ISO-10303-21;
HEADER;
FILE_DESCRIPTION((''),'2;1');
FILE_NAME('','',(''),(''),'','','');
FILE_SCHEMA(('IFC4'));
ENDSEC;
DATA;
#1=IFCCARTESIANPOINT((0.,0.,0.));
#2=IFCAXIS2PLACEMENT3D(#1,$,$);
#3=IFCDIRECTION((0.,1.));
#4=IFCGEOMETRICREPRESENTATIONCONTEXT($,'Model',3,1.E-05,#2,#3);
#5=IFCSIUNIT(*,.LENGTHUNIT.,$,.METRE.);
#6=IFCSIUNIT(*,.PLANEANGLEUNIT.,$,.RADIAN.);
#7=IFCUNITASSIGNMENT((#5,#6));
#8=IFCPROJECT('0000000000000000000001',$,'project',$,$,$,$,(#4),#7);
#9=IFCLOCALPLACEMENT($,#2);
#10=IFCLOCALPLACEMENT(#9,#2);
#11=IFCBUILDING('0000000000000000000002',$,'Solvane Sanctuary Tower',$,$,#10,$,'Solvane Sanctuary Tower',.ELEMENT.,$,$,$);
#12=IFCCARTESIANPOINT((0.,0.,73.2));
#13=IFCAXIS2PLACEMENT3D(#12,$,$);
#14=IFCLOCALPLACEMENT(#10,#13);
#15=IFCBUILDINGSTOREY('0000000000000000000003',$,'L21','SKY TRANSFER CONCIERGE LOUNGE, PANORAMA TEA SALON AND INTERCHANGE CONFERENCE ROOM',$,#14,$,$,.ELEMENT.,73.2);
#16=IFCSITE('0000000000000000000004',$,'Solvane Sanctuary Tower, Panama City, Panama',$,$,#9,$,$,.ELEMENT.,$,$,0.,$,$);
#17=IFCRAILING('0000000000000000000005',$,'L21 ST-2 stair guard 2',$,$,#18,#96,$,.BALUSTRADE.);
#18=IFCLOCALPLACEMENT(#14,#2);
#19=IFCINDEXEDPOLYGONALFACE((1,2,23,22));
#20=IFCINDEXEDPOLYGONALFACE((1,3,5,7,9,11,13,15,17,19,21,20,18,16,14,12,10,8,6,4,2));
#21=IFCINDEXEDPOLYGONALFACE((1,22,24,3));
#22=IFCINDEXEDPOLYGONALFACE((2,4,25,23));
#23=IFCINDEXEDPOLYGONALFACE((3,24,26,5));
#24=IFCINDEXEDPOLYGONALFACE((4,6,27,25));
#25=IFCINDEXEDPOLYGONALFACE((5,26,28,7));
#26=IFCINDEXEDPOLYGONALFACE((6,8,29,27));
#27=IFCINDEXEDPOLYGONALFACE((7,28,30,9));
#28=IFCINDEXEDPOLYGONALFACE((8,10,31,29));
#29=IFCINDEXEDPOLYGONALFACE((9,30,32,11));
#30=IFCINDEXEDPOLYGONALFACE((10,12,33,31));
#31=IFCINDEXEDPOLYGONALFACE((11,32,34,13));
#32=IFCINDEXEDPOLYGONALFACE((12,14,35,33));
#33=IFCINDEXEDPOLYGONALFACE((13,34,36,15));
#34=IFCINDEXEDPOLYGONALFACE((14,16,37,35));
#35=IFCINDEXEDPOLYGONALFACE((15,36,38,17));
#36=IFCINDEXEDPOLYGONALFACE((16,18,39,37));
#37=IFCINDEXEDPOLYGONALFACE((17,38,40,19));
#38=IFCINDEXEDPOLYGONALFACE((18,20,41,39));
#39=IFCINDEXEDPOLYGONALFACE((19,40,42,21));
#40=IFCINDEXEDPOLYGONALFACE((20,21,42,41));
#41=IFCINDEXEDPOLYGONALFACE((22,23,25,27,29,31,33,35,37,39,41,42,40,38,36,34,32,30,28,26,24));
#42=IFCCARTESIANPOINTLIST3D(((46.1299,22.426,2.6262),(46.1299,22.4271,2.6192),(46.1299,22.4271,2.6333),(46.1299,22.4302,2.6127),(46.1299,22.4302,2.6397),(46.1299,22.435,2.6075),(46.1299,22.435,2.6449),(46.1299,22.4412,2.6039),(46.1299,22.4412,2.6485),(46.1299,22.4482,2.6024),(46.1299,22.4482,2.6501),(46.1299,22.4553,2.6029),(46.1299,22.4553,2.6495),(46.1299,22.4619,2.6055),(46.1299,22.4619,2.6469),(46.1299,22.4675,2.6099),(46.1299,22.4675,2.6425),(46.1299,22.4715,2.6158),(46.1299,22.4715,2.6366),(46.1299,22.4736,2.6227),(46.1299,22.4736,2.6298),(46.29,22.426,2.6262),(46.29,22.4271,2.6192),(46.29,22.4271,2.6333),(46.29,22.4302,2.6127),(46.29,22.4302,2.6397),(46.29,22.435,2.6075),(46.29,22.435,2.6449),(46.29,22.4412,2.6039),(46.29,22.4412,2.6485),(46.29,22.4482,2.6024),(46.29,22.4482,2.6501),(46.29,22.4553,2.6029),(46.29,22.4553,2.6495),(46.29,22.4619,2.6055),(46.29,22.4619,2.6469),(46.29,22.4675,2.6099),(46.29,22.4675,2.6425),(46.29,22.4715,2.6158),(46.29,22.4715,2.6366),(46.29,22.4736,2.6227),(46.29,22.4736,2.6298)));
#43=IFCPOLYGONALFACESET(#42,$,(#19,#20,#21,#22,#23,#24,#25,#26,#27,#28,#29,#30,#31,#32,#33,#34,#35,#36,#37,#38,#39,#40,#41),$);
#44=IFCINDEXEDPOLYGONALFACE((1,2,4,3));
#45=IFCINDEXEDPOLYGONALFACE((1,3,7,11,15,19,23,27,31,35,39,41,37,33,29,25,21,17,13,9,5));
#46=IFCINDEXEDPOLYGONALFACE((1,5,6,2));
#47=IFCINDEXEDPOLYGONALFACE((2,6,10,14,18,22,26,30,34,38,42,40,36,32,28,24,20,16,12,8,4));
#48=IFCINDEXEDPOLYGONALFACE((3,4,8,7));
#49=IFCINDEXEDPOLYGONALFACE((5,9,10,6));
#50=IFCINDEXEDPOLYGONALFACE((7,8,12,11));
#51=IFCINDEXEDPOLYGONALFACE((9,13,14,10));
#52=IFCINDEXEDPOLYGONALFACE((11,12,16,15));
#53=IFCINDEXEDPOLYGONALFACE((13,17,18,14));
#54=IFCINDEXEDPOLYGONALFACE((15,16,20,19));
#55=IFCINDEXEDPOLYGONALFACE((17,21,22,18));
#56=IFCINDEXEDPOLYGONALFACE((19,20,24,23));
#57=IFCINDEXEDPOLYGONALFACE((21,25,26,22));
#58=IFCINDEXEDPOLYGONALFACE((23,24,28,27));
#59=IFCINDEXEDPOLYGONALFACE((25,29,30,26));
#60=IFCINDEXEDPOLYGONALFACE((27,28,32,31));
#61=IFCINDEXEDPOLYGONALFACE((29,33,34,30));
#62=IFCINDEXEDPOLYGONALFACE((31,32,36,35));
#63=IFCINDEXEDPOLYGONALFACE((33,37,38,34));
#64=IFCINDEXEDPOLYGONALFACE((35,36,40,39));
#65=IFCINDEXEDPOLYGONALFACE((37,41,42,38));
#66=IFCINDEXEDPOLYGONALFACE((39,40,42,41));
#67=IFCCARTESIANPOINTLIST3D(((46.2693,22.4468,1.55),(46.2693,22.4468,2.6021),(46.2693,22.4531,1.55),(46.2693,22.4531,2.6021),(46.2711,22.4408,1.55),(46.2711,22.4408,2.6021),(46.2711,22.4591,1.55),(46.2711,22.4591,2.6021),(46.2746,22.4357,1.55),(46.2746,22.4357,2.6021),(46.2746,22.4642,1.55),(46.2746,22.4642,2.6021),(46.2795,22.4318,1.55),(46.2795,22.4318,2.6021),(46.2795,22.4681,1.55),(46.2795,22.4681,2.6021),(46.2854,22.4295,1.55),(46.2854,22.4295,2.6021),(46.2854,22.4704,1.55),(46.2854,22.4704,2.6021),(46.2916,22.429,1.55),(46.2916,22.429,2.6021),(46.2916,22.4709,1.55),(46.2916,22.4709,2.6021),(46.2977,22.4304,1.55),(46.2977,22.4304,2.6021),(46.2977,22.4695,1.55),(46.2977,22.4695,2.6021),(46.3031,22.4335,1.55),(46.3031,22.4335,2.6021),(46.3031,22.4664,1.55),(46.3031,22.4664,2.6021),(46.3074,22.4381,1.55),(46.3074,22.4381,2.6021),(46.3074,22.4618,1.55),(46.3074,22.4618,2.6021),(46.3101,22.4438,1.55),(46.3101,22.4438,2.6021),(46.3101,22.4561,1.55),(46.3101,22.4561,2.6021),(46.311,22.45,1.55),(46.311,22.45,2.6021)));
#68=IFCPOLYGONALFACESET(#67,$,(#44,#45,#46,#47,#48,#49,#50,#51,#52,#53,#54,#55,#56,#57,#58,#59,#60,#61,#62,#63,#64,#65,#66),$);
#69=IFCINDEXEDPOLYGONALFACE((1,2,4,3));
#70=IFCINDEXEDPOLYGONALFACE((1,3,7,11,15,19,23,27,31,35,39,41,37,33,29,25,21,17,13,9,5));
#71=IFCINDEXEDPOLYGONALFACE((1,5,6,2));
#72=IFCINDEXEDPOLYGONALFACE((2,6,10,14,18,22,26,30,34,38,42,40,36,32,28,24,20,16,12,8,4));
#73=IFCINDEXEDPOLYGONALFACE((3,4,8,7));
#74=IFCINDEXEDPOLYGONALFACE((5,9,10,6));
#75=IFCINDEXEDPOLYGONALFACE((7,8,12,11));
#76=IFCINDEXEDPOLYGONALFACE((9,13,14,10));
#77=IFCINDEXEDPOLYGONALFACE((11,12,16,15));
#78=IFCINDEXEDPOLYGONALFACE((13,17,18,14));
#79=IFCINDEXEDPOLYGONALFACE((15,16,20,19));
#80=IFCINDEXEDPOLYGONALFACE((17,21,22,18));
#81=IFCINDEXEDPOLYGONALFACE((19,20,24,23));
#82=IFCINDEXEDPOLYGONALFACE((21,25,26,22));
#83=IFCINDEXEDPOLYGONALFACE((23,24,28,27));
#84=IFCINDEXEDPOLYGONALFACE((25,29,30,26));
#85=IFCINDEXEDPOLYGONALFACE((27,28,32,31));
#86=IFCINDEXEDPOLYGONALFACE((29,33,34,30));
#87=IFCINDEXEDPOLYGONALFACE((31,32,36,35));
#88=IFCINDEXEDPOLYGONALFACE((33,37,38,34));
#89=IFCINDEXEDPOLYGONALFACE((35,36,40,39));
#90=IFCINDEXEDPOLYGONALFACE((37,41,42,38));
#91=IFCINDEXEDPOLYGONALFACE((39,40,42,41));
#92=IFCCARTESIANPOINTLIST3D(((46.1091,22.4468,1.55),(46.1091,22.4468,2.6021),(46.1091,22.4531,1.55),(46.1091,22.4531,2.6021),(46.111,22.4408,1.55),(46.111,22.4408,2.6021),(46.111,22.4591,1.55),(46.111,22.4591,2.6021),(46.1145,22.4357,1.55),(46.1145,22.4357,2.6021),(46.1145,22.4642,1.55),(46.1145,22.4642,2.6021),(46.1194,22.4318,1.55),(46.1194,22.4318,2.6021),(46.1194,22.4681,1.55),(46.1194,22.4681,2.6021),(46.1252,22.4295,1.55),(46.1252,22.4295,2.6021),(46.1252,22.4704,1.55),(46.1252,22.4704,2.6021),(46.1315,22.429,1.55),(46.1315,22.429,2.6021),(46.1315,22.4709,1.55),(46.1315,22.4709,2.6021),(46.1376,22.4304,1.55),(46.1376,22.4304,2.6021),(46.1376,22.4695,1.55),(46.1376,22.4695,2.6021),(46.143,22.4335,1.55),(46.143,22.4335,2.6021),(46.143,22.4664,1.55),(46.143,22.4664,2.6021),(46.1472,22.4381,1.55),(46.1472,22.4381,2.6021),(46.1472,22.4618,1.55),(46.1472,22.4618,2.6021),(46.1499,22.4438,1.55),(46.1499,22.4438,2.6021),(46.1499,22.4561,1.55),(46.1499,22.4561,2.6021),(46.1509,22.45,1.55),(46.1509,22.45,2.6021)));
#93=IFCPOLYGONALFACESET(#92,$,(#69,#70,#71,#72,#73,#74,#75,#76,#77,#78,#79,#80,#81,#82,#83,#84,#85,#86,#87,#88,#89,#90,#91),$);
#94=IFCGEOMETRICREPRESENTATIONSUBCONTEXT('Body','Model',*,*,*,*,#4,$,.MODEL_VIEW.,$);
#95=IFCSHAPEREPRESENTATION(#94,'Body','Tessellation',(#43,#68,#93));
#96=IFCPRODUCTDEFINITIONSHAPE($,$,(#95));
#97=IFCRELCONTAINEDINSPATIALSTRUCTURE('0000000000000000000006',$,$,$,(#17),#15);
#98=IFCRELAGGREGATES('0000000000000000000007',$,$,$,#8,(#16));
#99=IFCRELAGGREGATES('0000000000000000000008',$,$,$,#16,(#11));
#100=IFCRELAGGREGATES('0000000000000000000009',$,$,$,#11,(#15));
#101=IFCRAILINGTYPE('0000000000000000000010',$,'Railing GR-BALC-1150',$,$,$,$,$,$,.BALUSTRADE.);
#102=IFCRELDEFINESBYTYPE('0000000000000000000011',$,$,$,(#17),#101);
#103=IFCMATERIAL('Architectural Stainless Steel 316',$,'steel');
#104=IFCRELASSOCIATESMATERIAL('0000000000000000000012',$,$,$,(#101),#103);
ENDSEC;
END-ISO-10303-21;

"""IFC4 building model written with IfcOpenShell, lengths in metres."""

from ifc_helpers import new_model, si_unit, direction, frame, origin, origin_2d, place, context, subcontext, project, spatial, circle, extrude, material, type_object, element, save


model = new_model("IFC4")

# Units and contexts
model_context = context("Model", 3, precision=1e-05, world=origin(), true_north=direction((0.0, 1.0)))
body_context = subcontext(model_context, "Body", "Model", "MODEL_VIEW")
ifc_project = project(units=[si_unit("LENGTHUNIT", "METRE"), si_unit("PLANEANGLEUNIT", "RADIAN")], contexts=[model_context])

# Site, building, storey
site_placement = place(None, origin())
site = spatial("IfcSite", under=ifc_project, at=site_placement, Name="Solvane Sanctuary Tower, Panama City, Panama", CompositionType="ELEMENT", RefElevation=0.0)
building_placement = place(site_placement, origin())
building = spatial("IfcBuilding", under=site, at=building_placement, Name="Solvane Sanctuary Tower", LongName="Solvane Sanctuary Tower", CompositionType="ELEMENT")
storey_placement = place(building_placement, frame((0.0, 0.0, 73.2)))
storey = spatial("IfcBuildingStorey", under=building, at=storey_placement, Name="L21", Description="SKY TRANSFER CONCIERGE LOUNGE, PANORAMA TEA SALON AND INTERCHANGE CONFERENCE ROOM", CompositionType="ELEMENT", Elevation=73.2)

# Shared definitions
ifc_material_1 = material(Name="Architectural Stainless Steel 316", Category="steel")

# Railing
railing_type_1 = type_object("IfcRailingType", Name="Railing GR-BALC-1150", PredefinedType="BALUSTRADE", material=ifc_material_1)
railing_1_placement = place(storey_placement, frame((46.29, 22.45, 1.55)))
element("IfcRailing", 1, at=railing_1_placement, inside=storey, type_object=railing_type_1, Name="L21 ST-2 stair guard 2", PredefinedType="BALUSTRADE", context=body_context, shape_type="SweptSolid", body=[
    extrude(circle(Radius=0.0239, at=origin_2d()), frame((0.0, 0.0, 1.0762), z_axis=(-1.0, 0.0, 0.0), x_axis=(0.0, -1.0, 0.0)), (0.0, 0.0, 1.0), 0.1602),
    extrude(circle(Radius=0.021, at=origin_2d()), origin(), (0.0, 0.0, 1.0), 1.052),
    extrude(circle(Radius=0.021, at=origin_2d()), frame((-0.1602, 0.0, 0.0)), (0.0, 0.0, 1.0), 1.052),
])

save(model, "model.ifc")
